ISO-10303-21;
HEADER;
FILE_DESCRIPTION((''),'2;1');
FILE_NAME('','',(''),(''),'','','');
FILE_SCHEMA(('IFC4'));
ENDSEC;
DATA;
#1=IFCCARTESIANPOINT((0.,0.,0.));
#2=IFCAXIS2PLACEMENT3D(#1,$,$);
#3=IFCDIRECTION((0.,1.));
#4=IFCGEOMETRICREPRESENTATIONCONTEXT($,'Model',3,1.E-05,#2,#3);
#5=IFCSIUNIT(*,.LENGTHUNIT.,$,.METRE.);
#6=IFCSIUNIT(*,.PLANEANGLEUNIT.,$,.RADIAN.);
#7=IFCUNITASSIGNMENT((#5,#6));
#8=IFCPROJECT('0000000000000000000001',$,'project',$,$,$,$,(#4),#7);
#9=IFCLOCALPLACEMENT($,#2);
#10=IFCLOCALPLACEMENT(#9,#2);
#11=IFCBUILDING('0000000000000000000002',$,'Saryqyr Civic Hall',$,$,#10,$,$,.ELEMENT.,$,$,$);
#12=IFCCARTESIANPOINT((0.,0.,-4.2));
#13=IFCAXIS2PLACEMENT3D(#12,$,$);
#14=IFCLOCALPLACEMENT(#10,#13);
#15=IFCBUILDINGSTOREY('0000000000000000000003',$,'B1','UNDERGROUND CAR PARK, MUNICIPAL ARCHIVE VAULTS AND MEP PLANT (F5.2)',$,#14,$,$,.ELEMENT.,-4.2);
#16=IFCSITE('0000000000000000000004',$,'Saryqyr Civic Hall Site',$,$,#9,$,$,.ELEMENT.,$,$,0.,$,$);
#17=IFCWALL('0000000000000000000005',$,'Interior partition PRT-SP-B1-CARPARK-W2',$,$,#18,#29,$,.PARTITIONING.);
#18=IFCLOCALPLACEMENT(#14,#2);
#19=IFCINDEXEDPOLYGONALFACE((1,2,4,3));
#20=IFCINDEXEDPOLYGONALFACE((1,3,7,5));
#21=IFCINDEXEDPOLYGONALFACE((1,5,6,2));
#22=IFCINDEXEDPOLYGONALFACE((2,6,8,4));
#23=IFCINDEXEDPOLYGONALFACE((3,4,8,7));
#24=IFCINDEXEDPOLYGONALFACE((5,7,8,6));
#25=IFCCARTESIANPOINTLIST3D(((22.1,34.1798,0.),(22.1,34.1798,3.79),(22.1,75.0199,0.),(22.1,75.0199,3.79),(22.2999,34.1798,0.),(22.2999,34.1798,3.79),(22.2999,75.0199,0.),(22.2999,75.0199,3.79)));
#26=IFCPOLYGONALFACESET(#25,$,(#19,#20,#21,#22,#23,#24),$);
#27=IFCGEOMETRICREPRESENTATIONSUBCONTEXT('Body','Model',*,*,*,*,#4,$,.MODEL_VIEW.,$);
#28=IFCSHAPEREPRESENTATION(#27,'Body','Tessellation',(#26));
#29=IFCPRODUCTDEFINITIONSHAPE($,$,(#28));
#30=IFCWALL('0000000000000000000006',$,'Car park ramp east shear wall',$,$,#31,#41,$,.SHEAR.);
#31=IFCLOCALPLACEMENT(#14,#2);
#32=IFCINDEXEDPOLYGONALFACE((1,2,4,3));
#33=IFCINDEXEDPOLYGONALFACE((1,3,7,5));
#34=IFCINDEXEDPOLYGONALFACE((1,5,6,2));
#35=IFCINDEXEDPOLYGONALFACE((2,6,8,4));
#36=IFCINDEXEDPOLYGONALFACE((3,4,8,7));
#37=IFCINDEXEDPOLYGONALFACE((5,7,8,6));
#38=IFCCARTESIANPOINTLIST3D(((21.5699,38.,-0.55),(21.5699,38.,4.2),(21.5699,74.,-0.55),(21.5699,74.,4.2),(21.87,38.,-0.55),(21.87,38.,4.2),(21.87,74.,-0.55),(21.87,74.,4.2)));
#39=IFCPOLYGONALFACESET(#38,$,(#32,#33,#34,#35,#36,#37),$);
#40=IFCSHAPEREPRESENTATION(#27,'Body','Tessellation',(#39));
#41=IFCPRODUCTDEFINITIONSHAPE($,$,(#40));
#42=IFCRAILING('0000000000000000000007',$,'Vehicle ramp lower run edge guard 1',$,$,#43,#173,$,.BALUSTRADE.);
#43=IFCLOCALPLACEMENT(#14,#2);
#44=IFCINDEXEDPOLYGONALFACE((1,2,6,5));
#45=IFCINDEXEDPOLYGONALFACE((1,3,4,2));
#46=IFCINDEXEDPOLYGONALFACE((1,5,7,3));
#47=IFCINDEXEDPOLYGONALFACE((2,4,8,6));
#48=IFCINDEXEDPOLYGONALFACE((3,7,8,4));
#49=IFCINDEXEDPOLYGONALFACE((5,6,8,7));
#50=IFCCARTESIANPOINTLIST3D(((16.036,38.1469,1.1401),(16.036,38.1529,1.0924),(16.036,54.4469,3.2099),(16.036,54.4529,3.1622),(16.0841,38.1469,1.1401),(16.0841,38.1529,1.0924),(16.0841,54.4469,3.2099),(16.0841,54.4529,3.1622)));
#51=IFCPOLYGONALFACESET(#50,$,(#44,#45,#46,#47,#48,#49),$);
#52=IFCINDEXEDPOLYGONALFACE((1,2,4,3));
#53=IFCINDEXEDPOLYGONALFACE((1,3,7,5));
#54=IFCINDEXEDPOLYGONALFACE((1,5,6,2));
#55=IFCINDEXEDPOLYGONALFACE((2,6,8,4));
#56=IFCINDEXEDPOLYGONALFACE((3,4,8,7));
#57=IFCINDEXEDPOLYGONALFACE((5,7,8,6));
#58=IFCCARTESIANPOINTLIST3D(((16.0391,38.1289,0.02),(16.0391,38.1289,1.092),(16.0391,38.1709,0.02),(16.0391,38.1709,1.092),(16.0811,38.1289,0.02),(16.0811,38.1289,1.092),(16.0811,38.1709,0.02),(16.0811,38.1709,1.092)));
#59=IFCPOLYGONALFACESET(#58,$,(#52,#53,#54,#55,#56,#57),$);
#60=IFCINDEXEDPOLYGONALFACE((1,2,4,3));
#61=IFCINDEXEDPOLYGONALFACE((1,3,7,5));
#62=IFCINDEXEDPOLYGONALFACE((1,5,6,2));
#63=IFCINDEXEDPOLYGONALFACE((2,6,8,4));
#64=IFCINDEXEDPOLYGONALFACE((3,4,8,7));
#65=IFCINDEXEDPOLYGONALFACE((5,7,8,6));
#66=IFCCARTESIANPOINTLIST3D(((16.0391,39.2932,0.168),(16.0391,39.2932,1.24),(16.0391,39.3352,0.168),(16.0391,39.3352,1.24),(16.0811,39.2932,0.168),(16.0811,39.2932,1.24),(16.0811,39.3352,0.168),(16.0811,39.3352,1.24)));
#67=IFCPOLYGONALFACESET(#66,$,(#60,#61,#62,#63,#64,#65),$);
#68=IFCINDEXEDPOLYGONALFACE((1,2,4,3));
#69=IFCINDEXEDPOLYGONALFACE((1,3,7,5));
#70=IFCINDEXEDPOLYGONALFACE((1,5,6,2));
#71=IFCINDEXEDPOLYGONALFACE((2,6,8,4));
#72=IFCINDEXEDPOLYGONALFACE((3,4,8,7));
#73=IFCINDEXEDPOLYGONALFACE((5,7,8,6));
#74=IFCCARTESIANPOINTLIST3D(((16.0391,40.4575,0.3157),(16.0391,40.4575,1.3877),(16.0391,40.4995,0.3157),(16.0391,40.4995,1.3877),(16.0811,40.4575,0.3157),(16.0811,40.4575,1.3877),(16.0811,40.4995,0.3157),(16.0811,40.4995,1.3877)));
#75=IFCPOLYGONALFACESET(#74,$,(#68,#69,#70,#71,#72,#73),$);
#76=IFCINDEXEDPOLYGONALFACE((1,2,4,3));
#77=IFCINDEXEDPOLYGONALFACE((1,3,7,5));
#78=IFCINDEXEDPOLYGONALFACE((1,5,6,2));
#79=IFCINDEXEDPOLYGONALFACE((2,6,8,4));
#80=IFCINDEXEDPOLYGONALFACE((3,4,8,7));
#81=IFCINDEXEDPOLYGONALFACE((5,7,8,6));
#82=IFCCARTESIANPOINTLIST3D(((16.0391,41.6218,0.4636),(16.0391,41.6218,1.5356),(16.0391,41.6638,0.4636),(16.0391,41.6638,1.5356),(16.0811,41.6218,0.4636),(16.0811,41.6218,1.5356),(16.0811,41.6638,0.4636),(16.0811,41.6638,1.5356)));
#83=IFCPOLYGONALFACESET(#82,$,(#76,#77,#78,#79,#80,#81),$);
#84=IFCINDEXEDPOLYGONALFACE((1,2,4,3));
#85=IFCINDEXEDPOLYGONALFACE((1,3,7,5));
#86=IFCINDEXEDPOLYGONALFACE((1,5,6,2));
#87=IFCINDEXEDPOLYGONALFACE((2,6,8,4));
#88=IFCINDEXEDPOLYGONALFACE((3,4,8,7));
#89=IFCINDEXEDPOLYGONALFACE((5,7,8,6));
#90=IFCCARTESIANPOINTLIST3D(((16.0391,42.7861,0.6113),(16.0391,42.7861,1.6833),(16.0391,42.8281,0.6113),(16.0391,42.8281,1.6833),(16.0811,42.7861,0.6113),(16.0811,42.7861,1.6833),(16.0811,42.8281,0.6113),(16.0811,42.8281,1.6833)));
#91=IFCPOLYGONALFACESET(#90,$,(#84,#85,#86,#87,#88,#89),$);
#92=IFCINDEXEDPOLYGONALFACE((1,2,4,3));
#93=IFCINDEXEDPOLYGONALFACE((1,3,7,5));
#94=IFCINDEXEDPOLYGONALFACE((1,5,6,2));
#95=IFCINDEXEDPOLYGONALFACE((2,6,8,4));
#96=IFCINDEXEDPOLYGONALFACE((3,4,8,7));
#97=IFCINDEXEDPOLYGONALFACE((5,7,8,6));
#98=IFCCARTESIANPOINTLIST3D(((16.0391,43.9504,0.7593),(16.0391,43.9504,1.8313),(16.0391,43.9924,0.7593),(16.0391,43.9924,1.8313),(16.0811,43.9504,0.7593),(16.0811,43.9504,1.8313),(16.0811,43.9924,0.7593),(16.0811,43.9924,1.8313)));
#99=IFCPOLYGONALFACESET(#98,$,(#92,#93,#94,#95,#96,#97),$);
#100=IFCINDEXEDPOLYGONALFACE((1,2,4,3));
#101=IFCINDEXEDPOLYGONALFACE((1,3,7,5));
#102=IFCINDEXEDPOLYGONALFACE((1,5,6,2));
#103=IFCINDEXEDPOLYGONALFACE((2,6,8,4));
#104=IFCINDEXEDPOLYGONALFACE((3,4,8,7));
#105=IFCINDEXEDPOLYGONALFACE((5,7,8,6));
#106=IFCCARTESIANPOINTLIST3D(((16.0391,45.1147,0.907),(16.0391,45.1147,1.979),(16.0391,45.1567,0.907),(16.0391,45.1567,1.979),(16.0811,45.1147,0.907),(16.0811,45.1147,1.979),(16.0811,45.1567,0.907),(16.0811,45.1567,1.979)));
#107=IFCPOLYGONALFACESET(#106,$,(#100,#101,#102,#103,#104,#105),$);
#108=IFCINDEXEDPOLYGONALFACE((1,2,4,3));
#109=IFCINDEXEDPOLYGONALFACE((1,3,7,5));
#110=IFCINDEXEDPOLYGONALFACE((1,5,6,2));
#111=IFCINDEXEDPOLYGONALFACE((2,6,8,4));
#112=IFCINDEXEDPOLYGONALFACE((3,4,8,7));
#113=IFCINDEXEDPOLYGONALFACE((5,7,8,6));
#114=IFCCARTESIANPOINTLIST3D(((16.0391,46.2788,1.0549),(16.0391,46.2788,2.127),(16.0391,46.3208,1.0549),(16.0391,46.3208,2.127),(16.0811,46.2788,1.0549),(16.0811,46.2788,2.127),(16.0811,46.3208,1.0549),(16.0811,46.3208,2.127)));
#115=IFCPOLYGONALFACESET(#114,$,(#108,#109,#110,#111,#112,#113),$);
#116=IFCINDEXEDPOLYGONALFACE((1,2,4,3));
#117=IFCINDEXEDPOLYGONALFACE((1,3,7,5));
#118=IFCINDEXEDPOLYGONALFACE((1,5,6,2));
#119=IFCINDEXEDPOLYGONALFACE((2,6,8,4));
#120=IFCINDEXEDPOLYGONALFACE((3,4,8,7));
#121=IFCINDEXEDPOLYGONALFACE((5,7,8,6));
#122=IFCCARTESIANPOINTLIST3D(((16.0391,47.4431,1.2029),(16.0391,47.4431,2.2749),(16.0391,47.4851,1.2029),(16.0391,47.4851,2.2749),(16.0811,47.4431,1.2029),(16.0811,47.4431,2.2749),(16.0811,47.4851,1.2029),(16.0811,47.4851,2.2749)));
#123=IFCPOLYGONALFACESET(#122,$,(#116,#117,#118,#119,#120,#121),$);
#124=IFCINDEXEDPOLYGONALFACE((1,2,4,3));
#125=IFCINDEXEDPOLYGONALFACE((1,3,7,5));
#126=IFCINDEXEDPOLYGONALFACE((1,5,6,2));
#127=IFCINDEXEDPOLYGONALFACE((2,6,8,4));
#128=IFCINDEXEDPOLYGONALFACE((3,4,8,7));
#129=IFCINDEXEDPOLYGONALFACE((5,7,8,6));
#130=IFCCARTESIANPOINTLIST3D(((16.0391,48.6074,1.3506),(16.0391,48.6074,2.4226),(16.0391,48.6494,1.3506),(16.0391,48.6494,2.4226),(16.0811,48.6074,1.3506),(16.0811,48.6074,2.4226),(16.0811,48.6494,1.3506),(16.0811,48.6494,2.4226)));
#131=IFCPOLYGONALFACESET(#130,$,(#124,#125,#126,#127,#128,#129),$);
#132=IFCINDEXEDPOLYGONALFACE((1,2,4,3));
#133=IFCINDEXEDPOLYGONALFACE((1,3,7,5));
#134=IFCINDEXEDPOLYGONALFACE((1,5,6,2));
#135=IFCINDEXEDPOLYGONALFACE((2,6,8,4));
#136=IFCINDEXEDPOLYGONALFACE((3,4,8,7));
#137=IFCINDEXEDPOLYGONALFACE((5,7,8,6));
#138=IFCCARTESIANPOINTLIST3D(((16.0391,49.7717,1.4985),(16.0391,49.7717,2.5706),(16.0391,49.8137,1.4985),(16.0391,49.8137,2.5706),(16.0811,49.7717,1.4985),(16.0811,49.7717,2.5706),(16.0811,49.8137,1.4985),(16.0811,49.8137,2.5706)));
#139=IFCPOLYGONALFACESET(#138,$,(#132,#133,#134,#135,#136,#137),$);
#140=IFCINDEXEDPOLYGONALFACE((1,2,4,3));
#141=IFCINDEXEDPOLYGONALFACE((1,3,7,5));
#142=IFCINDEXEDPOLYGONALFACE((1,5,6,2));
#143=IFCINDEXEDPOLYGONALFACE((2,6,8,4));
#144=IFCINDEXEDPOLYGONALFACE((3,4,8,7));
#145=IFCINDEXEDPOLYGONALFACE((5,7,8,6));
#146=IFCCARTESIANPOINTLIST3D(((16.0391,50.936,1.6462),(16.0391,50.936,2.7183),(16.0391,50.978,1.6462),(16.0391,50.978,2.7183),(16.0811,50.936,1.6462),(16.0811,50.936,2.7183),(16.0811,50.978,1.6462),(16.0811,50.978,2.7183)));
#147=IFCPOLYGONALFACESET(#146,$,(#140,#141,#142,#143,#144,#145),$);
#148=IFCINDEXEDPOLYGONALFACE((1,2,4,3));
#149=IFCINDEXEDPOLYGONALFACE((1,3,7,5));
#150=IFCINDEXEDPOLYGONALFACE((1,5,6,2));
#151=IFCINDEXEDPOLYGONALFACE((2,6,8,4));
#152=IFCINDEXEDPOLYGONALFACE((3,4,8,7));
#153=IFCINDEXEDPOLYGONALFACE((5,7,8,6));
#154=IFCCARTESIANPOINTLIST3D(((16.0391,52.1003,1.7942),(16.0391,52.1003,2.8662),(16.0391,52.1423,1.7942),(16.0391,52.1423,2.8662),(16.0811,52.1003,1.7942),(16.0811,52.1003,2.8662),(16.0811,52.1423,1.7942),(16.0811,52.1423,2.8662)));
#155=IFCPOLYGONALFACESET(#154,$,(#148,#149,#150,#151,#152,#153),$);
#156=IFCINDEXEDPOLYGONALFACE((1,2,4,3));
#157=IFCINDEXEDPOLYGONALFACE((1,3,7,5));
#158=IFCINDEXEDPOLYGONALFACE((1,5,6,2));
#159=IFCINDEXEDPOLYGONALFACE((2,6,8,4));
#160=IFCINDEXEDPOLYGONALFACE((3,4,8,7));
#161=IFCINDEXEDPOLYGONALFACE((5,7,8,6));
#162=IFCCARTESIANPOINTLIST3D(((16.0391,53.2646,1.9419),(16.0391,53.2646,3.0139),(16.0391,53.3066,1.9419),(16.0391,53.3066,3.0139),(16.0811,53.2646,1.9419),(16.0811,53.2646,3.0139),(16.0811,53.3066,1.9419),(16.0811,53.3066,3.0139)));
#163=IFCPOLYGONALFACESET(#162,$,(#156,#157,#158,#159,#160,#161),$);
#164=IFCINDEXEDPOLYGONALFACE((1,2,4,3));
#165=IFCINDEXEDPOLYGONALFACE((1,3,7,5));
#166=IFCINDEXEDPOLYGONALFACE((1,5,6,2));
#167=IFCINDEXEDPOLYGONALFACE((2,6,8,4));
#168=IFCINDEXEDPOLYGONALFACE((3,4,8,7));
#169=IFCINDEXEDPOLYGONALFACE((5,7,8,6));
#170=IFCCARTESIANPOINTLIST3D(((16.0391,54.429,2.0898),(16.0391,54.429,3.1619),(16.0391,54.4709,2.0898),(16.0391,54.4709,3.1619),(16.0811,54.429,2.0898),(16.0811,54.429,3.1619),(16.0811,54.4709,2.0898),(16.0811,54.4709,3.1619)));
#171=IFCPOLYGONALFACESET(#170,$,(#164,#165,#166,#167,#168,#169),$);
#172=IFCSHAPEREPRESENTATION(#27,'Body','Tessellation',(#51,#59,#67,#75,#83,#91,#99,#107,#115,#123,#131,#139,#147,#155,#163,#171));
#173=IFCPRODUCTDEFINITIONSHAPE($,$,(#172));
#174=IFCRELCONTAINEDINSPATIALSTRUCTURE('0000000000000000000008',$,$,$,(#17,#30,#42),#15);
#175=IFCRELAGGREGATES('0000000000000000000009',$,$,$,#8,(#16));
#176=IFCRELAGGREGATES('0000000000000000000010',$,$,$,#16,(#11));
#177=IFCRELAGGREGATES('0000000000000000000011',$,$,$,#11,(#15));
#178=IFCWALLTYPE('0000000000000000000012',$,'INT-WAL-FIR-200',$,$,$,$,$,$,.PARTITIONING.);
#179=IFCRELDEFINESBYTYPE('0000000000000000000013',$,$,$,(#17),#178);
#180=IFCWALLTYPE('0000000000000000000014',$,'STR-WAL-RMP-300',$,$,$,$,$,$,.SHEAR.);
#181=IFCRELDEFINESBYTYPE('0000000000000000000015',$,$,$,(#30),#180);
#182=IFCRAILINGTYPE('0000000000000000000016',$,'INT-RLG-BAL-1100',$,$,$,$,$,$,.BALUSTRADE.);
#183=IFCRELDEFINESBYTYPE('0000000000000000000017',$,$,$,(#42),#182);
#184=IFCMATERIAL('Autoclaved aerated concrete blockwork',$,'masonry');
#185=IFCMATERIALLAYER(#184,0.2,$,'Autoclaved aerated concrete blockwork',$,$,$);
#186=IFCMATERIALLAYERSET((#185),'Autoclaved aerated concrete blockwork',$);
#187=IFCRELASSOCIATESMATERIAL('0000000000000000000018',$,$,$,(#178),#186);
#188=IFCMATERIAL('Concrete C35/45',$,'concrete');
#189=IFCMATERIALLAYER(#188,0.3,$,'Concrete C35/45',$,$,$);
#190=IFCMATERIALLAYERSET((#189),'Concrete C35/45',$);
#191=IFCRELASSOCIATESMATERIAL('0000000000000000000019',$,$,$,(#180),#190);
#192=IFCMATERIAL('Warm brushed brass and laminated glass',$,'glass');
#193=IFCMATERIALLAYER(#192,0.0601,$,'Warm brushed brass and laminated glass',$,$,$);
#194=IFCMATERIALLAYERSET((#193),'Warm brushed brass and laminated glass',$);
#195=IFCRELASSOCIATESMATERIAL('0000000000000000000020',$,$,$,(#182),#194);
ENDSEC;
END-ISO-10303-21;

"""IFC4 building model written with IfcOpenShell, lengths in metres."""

from ifc_helpers import new_model, si_unit, direction, frame, frame_2d, origin, origin_2d, place, context, subcontext, project, spatial, rectangle, extrude, material, layer, layer_set, type_object, element, save


model = new_model("IFC4")

# Units and contexts
model_context = context("Model", 3, precision=1e-05, world=origin(), true_north=direction((0.0, 1.0)))
body_context = subcontext(model_context, "Body", "Model", "MODEL_VIEW")
ifc_project = project(units=[si_unit("LENGTHUNIT", "METRE"), si_unit("PLANEANGLEUNIT", "RADIAN")], contexts=[model_context])

# Site, building, storey
site_placement = place(None, origin())
site = spatial("IfcSite", under=ifc_project, at=site_placement, Name="Saryqyr Civic Hall Site", CompositionType="ELEMENT", RefElevation=0.0)
building_placement = place(site_placement, origin())
building = spatial("IfcBuilding", under=site, at=building_placement, Name="Saryqyr Civic Hall", CompositionType="ELEMENT")
storey_placement = place(building_placement, frame((0.0, 0.0, -4.2)))
storey = spatial("IfcBuildingStorey", under=building, at=storey_placement, Name="B1", Description="UNDERGROUND CAR PARK, MUNICIPAL ARCHIVE VAULTS AND MEP PLANT (F5.2)", CompositionType="ELEMENT", Elevation=-4.2)

# Shared definitions
ifc_material_1 = material(Name="Concrete C35/45", Category="concrete")

# Walls
ifc_material_2 = material(Name="Autoclaved aerated concrete blockwork", Category="masonry")
ifc_layer_1 = layer(ifc_material_2, 0.2, Name="Autoclaved aerated concrete blockwork")
ifc_layer_set_1 = layer_set([ifc_layer_1], Name="Autoclaved aerated concrete blockwork")
wall_type_1 = type_object("IfcWallType", Name="INT-WAL-FIR-200", PredefinedType="PARTITIONING", material=ifc_layer_set_1)
wall_1_placement = place(storey_placement, frame((22.2, 34.1799, 0.0), z_axis=(0.0, 0.0, 1.0), x_axis=(0.0, 1.0, 0.0)))
element("IfcWall", 1, at=wall_1_placement, inside=storey, type_object=wall_type_1, Name="Interior partition PRT-SP-B1-CARPARK-W2", PredefinedType="PARTITIONING", context=body_context, shape_type="SweptSolid", body=[
    extrude(rectangle(XDim=40.8401, YDim=0.2, at=frame_2d((20.4199, 0.0))), origin(), (0.0, 0.0, 1.0), 3.79),
])
ifc_layer_2 = layer(ifc_material_1, 0.3, Name="Concrete C35/45")
ifc_layer_set_2 = layer_set([ifc_layer_2], Name="Concrete C35/45")
wall_type_2 = type_object("IfcWallType", Name="STR-WAL-RMP-300", PredefinedType="SHEAR", material=ifc_layer_set_2)
wall_2_placement = place(storey_placement, frame((21.72, 38.0, -0.55), z_axis=(0.0, 0.0, 1.0), x_axis=(0.0, 1.0, 0.0)))
element("IfcWall", 2, at=wall_2_placement, inside=storey, type_object=wall_type_2, Name="Car park ramp east shear wall", PredefinedType="SHEAR", context=body_context, shape_type="SweptSolid", body=[
    extrude(rectangle(XDim=36.0, YDim=0.3, at=frame_2d((18.0, 0.0))), origin(), (0.0, 0.0, 1.0), 4.75),
])

# Railing
ifc_material_3 = material(Name="Warm brushed brass and laminated glass", Category="glass")
ifc_layer_3 = layer(ifc_material_3, 0.0601, Name="Warm brushed brass and laminated glass")
ifc_layer_set_3 = layer_set([ifc_layer_3], Name="Warm brushed brass and laminated glass")
railing_type = type_object("IfcRailingType", Name="INT-RLG-BAL-1100", PredefinedType="BALUSTRADE", material=ifc_layer_set_3)
railing_1_placement = place(storey_placement, frame((16.0601, 38.1499, 0.02)))
element("IfcRailing", 3, at=railing_1_placement, inside=storey, type_object=railing_type, Name="Vehicle ramp lower run edge guard 1", PredefinedType="BALUSTRADE", context=body_context, shape_type="SweptSolid", body=[
    extrude(rectangle(XDim=0.0481, YDim=0.0481, at=origin_2d()), frame((0.0, 0.0, 1.0962), z_axis=(0.0, 0.992034, 0.125971), x_axis=(-1.0, 0.0, 0.0)), (0.0, 0.0, 1.0), 16.4309),
    extrude(rectangle(XDim=0.042, YDim=0.042, at=origin_2d()), origin(), (0.0, 0.0, 1.0), 1.072),
    extrude(rectangle(XDim=0.042, YDim=0.042, at=origin_2d()), frame((0.0, 1.1643, 0.1479)), (0.0, 0.0, 1.0), 1.072),
    extrude(rectangle(XDim=0.042, YDim=0.042, at=origin_2d()), frame((0.0, 2.3286, 0.2957)), (0.0, 0.0, 1.0), 1.072),
    extrude(rectangle(XDim=0.042, YDim=0.042, at=origin_2d()), frame((0.0, 3.4929, 0.4436)), (0.0, 0.0, 1.0), 1.072),
    extrude(rectangle(XDim=0.042, YDim=0.042, at=origin_2d()), frame((0.0, 4.6572, 0.5913)), (0.0, 0.0, 1.0), 1.072),
    extrude(rectangle(XDim=0.042, YDim=0.042, at=origin_2d()), frame((0.0, 5.8215, 0.7393)), (0.0, 0.0, 1.0), 1.072),
    extrude(rectangle(XDim=0.042, YDim=0.042, at=origin_2d()), frame((0.0, 6.9858, 0.887)), (0.0, 0.0, 1.0), 1.072),
    extrude(rectangle(XDim=0.042, YDim=0.042, at=origin_2d()), frame((0.0, 8.1499, 1.0349)), (0.0, 0.0, 1.0), 1.072),
    extrude(rectangle(XDim=0.042, YDim=0.042, at=origin_2d()), frame((0.0, 9.3142, 1.1829)), (0.0, 0.0, 1.0), 1.072),
    extrude(rectangle(XDim=0.042, YDim=0.042, at=origin_2d()), frame((0.0, 10.4785, 1.3306)), (0.0, 0.0, 1.0), 1.072),
    extrude(rectangle(XDim=0.042, YDim=0.042, at=origin_2d()), frame((0.0, 11.6428, 1.4785)), (0.0, 0.0, 1.0), 1.072),
    extrude(rectangle(XDim=0.042, YDim=0.042, at=origin_2d()), frame((0.0, 12.8071, 1.6262)), (0.0, 0.0, 1.0), 1.072),
    extrude(rectangle(XDim=0.042, YDim=0.042, at=origin_2d()), frame((0.0, 13.9714, 1.7742)), (0.0, 0.0, 1.0), 1.072),
    extrude(rectangle(XDim=0.042, YDim=0.042, at=origin_2d()), frame((0.0, 15.1357, 1.9219)), (0.0, 0.0, 1.0), 1.072),
    extrude(rectangle(XDim=0.042, YDim=0.042, at=origin_2d()), frame((0.0, 16.3, 2.0698)), (0.0, 0.0, 1.0), 1.072),
])

save(model, "model.ifc")
